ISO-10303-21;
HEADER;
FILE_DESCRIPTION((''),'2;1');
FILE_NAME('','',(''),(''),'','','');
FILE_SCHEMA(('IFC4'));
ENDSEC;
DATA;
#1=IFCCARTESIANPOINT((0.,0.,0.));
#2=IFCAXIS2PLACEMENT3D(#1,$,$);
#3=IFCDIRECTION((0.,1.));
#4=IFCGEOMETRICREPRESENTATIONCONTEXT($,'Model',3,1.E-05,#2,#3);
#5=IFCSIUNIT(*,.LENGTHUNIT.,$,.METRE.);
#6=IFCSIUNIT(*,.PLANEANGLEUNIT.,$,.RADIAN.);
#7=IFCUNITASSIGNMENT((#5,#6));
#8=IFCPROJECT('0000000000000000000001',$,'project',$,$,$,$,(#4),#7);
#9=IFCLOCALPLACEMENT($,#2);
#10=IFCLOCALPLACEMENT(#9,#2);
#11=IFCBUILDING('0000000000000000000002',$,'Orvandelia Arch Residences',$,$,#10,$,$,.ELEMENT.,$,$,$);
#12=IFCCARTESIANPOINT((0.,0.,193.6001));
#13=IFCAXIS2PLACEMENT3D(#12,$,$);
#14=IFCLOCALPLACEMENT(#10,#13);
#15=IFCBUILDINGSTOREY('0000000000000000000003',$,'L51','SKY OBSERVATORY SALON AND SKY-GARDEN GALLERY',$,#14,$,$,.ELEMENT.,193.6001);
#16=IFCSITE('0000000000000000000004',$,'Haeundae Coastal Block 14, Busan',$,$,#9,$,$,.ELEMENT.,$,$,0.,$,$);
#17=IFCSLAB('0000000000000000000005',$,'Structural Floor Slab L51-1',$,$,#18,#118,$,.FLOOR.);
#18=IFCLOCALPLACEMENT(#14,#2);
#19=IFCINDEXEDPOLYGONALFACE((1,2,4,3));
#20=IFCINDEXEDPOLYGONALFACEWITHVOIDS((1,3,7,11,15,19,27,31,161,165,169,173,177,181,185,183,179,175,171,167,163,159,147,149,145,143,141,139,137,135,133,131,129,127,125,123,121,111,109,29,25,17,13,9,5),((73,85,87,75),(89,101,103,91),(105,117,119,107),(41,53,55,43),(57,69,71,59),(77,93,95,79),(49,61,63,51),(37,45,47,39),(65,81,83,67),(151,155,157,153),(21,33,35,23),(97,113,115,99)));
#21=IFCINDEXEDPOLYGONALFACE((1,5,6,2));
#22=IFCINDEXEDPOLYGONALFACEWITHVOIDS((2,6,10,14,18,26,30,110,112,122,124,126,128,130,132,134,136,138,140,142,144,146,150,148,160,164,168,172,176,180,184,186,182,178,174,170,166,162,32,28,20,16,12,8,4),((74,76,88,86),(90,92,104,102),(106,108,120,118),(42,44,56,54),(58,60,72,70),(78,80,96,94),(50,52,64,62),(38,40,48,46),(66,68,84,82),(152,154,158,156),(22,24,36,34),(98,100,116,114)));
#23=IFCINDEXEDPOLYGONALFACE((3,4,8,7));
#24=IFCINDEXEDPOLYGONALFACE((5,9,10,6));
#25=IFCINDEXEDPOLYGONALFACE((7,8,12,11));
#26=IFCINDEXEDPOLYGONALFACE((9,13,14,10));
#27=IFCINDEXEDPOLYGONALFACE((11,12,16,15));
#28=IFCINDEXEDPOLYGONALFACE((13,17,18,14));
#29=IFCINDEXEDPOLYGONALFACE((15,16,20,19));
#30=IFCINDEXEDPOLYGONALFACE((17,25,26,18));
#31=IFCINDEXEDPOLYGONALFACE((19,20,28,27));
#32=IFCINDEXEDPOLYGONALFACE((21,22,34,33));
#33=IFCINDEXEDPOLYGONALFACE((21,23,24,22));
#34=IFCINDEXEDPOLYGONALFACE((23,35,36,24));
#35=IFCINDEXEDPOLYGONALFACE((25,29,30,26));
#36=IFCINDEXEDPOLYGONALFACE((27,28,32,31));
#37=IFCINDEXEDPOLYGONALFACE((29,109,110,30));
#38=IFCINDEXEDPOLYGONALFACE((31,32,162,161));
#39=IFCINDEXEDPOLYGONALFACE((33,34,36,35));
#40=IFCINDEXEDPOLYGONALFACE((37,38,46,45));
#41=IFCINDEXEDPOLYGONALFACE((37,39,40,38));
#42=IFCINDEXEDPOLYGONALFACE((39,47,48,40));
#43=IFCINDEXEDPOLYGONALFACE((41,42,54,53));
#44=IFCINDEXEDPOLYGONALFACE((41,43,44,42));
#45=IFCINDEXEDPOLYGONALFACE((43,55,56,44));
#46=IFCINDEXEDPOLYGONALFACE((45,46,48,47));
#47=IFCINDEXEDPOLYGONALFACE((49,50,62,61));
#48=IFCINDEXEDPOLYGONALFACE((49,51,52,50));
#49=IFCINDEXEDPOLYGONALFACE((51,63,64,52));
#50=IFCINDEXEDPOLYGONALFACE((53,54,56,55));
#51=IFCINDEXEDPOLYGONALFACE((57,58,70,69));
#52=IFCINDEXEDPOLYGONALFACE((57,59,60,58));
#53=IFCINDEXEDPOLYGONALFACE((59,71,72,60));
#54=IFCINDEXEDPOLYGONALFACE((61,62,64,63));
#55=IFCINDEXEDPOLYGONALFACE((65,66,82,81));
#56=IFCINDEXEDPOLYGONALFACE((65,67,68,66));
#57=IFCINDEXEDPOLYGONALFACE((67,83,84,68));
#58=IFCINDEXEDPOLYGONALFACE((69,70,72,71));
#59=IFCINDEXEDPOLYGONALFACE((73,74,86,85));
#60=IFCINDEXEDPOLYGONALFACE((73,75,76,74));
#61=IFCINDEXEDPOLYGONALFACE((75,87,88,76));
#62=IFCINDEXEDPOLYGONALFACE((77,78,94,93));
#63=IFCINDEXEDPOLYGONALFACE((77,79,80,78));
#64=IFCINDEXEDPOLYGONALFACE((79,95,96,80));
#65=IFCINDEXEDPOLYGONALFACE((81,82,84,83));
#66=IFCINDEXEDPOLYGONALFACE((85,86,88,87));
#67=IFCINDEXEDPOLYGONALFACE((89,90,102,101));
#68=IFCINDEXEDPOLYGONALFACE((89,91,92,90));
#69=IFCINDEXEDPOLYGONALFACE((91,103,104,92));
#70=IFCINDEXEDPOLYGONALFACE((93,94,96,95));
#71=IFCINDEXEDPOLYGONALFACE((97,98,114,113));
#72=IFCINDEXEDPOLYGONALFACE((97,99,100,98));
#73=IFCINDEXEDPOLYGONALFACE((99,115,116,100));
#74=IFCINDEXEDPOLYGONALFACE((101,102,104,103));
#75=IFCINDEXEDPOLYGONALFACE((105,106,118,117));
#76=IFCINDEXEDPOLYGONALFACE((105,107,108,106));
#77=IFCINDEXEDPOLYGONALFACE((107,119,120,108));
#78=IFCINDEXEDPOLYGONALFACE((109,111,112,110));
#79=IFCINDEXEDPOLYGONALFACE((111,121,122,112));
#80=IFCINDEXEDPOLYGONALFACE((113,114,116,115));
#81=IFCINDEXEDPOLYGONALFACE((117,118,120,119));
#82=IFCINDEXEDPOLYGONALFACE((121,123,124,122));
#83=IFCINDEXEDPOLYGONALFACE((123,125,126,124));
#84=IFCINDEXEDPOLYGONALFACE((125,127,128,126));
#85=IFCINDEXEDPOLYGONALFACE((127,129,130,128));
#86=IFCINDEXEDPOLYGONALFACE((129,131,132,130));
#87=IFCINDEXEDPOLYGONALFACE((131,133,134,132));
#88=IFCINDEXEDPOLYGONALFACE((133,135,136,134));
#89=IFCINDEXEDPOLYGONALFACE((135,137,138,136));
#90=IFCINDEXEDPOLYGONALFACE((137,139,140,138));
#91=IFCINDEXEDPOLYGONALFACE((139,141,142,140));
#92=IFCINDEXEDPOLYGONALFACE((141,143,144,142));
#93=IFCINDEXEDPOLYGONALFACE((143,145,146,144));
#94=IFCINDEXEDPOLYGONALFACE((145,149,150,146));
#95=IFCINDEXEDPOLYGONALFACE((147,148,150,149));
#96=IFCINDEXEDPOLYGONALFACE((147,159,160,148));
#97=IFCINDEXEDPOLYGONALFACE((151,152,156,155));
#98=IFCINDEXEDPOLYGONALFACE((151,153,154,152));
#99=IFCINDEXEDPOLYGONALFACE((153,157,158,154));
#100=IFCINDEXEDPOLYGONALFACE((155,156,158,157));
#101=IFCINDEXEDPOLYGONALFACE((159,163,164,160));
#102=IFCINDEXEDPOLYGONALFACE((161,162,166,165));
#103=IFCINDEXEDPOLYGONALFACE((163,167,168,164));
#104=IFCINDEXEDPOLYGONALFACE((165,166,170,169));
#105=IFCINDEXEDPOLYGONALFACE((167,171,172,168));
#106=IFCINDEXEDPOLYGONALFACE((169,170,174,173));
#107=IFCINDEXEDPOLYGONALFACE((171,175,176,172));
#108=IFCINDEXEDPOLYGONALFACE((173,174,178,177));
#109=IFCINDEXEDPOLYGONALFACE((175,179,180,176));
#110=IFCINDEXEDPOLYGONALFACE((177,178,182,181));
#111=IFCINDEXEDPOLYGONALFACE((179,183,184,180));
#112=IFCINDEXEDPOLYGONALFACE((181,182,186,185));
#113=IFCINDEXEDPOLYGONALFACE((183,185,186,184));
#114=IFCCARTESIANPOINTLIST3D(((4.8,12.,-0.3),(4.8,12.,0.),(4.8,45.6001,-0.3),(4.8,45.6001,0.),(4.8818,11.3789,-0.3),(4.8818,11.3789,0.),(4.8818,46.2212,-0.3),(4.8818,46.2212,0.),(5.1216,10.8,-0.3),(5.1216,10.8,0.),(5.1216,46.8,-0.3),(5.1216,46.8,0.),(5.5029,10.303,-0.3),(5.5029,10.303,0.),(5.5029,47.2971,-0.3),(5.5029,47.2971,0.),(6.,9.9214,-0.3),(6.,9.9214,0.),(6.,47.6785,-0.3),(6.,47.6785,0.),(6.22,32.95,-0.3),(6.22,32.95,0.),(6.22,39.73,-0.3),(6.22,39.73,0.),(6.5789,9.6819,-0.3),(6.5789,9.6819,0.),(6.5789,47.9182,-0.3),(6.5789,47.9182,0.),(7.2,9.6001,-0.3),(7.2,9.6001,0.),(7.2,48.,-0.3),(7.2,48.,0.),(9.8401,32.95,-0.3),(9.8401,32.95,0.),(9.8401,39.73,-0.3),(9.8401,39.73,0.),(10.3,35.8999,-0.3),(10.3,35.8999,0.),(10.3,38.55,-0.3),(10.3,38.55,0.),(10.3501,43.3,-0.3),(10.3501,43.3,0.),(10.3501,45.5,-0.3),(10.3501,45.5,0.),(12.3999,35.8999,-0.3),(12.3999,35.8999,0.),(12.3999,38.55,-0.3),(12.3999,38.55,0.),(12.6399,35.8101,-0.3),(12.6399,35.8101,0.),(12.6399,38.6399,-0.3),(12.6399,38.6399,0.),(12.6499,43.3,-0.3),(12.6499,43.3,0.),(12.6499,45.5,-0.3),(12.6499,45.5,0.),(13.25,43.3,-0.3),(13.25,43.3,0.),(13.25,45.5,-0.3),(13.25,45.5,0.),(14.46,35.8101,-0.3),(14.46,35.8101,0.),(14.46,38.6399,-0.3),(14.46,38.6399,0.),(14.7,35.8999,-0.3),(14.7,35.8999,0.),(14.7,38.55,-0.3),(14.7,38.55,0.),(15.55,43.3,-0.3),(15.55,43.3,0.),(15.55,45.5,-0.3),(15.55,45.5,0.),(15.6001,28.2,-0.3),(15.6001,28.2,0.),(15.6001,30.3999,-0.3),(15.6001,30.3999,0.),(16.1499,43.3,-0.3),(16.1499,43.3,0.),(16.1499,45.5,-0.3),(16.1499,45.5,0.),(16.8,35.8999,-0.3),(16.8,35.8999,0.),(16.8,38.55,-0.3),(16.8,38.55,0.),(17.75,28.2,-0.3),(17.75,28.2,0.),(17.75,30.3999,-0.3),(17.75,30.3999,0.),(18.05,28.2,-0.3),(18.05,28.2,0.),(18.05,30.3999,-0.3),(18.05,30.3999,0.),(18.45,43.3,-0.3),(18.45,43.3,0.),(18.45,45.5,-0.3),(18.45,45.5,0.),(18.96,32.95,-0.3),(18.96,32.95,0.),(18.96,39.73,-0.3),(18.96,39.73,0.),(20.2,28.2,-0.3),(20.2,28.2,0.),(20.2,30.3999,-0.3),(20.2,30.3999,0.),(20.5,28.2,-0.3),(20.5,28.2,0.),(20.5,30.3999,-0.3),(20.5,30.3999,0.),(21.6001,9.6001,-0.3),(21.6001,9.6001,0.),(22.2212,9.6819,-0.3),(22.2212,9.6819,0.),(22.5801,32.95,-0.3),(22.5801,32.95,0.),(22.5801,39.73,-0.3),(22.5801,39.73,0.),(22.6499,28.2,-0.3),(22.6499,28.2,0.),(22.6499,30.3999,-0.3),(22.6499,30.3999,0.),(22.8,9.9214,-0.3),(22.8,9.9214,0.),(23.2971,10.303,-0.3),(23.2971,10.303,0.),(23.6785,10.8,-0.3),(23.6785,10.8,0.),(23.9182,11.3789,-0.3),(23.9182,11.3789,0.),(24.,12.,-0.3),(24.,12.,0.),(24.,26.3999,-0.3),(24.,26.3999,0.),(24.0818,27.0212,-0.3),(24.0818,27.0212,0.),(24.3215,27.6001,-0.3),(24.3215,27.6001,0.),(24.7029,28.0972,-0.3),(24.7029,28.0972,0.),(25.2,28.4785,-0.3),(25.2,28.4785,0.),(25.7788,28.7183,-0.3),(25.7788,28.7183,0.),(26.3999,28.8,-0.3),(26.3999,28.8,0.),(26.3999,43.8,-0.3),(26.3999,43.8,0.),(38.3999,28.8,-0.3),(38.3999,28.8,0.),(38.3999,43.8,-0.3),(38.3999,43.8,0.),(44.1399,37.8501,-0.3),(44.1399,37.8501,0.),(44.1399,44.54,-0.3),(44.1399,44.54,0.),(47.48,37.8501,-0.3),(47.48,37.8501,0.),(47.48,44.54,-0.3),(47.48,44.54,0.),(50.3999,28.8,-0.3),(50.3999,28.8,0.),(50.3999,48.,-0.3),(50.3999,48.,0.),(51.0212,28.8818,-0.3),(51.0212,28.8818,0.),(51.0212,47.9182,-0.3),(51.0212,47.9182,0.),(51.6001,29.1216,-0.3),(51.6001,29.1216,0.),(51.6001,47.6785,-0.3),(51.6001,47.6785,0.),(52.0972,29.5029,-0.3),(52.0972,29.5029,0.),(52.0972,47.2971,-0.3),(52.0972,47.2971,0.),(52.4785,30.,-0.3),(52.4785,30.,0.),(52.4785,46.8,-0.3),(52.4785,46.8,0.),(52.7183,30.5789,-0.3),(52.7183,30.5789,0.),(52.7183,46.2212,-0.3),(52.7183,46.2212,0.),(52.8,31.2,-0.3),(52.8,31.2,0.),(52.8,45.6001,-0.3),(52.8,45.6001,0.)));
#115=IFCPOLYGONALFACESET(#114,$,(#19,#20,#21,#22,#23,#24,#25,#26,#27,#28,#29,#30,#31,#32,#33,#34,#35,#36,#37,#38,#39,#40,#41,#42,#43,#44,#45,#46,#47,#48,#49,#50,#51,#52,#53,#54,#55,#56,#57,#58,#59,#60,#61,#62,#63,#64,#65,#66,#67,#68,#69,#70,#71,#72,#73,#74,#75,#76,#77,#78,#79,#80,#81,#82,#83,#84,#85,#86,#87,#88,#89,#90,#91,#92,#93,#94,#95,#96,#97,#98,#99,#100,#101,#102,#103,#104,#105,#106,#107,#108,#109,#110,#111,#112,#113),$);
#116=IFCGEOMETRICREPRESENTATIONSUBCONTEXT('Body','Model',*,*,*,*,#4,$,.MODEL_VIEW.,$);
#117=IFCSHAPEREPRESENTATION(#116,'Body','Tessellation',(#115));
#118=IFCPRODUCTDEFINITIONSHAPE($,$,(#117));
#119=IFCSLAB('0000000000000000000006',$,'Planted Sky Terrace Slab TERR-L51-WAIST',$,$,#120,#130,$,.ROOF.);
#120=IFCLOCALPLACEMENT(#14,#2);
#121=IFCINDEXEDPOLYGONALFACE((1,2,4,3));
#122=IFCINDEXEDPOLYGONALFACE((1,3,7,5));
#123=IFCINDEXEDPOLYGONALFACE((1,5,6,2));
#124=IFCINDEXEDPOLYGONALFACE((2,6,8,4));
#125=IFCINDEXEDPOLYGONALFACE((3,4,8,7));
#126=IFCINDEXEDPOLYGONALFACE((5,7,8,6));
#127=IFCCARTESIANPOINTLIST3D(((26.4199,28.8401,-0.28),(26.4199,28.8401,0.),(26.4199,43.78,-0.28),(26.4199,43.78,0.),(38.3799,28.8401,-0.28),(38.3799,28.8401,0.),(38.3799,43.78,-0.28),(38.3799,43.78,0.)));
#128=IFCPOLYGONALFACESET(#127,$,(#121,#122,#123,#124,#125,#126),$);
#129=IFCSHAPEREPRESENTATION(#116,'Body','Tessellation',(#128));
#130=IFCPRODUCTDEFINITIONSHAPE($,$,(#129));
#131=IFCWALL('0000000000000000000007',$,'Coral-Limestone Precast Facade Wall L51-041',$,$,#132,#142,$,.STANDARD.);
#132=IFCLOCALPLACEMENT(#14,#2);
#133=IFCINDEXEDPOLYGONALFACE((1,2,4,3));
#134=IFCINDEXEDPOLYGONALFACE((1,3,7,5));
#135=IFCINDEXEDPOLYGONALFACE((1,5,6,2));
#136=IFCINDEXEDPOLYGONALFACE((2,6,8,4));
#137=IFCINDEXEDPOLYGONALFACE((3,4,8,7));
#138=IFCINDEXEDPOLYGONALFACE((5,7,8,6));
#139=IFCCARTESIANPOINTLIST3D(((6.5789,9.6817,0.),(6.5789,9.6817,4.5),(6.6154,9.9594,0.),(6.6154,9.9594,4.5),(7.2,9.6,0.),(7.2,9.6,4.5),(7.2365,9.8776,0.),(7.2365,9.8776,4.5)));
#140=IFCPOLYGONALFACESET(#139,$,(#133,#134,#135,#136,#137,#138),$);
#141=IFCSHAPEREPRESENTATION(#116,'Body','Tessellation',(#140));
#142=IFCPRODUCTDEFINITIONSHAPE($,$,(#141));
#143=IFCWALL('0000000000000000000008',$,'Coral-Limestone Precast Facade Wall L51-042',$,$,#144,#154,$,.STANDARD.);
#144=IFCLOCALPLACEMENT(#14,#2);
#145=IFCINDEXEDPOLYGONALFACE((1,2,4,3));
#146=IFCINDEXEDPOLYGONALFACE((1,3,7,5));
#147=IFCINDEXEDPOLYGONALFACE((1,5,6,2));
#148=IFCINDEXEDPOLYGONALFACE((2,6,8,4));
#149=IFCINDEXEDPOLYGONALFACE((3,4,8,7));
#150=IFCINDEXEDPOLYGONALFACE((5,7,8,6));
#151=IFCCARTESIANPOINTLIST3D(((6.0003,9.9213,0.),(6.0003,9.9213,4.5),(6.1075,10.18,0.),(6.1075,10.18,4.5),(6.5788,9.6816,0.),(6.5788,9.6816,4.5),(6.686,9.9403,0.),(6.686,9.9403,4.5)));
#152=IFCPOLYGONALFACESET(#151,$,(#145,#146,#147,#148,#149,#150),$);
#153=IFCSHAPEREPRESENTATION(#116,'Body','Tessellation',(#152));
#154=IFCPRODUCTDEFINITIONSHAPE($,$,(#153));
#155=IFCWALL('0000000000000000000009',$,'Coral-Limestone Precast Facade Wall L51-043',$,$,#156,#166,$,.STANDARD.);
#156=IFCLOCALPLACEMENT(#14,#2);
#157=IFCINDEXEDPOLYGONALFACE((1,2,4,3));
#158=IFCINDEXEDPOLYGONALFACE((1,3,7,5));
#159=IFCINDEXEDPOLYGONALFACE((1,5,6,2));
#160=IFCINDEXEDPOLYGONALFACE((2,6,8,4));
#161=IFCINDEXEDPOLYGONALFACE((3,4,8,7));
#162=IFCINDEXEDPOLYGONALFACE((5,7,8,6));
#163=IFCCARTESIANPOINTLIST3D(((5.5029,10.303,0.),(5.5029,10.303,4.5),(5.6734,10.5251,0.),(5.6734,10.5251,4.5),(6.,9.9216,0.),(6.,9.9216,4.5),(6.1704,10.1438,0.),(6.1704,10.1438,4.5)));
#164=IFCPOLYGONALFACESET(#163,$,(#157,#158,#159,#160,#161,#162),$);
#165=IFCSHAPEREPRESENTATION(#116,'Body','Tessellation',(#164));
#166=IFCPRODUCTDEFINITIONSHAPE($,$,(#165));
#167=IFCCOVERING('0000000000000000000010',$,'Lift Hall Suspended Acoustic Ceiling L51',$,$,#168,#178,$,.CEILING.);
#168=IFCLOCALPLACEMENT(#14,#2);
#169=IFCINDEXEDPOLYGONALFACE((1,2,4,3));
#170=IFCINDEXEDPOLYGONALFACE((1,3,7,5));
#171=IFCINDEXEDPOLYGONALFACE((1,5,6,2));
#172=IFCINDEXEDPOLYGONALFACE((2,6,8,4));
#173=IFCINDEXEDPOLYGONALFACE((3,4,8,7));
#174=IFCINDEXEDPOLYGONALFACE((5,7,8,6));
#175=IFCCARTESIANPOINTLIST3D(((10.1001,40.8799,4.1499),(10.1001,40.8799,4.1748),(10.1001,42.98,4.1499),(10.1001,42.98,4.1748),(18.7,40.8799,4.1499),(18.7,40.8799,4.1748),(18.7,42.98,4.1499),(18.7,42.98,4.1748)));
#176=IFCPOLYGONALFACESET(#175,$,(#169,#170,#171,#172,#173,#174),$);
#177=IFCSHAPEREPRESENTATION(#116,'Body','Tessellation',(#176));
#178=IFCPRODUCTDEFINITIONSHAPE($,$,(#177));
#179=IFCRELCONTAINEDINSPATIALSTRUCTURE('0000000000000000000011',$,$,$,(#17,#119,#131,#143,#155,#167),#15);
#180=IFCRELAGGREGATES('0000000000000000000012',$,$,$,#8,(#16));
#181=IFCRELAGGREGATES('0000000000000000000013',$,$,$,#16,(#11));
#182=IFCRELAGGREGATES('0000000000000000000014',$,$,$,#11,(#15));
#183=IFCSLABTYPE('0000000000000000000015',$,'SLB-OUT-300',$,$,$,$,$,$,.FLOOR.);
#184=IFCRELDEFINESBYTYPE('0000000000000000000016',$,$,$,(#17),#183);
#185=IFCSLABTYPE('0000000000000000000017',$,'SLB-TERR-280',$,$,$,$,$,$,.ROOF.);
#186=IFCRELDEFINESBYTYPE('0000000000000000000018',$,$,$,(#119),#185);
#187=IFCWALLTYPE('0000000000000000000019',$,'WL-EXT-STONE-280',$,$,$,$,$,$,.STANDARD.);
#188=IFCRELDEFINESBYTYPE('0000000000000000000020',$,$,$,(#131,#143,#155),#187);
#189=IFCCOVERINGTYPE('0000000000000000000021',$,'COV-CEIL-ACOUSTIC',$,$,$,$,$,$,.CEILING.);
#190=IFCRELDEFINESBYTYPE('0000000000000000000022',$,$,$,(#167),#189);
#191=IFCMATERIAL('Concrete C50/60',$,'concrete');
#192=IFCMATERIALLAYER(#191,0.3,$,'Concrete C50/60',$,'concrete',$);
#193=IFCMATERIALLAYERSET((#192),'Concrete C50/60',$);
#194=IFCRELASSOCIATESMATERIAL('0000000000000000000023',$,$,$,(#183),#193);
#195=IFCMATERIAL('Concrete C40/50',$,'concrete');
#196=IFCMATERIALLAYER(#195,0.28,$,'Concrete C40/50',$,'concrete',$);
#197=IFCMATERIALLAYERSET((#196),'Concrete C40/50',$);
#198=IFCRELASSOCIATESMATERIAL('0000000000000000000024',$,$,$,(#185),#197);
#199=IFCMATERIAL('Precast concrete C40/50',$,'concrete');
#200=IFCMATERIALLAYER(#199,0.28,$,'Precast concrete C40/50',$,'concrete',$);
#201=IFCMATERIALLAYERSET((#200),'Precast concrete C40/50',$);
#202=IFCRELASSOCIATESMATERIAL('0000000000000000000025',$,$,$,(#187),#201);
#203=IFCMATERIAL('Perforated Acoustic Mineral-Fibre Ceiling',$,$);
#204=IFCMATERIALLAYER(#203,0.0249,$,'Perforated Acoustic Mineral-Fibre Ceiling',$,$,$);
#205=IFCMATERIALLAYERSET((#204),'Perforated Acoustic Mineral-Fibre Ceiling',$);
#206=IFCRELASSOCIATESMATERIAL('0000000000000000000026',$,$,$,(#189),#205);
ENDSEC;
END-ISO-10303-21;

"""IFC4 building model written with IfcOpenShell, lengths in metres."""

from ifc_helpers import new_model, si_unit, direction, frame, frame_2d, origin, place, context, subcontext, project, spatial, polyline, rectangle, outline, extrude, material, layer, layer_set, type_object, element, save


model = new_model("IFC4")

# Units and contexts
model_context = context("Model", 3, precision=1e-05, world=origin(), true_north=direction((0.0, 1.0)))
body_context = subcontext(model_context, "Body", "Model", "MODEL_VIEW")
ifc_project = project(units=[si_unit("LENGTHUNIT", "METRE"), si_unit("PLANEANGLEUNIT", "RADIAN")], contexts=[model_context])

# Site, building, storey
site_placement = place(None, origin())
site = spatial("IfcSite", under=ifc_project, at=site_placement, Name="Haeundae Coastal Block 14, Busan", CompositionType="ELEMENT", RefElevation=0.0)
building_placement = place(site_placement, origin())
building = spatial("IfcBuilding", under=site, at=building_placement, Name="Orvandelia Arch Residences", CompositionType="ELEMENT")
storey_placement = place(building_placement, frame((0.0, 0.0, 193.6001)))
storey = spatial("IfcBuildingStorey", under=building, at=storey_placement, Name="L51", Description="SKY OBSERVATORY SALON AND SKY-GARDEN GALLERY", CompositionType="ELEMENT", Elevation=193.6001)

# Shared definitions
ifc_material_1 = material(Name="Concrete C40/50", Category="concrete")

# Slabs
ifc_material_2 = material(Name="Concrete C50/60", Category="concrete")
ifc_layer_1 = layer(ifc_material_2, 0.3, Name="Concrete C50/60", Category="concrete")
ifc_layer_set_1 = layer_set([ifc_layer_1], Name="Concrete C50/60")
slab_type_1 = type_object("IfcSlabType", Name="SLB-OUT-300", PredefinedType="FLOOR", material=ifc_layer_set_1)
slab_1_placement = place(storey_placement, frame((0.0, 0.0, -0.3)))
element("IfcSlab", 1, at=slab_1_placement, inside=storey, type_object=slab_type_1, Name="Structural Floor Slab L51-1", PredefinedType="FLOOR", context=body_context, shape_type="SweptSolid", body=[
    extrude(outline(polyline([(4.8, 12.0), (4.8818, 11.3789), (5.1216, 10.8), (5.5029, 10.303), (6.0, 9.9214), (6.5789, 9.6819), (7.2, 9.6001), (21.6001, 9.6001), (22.2212, 9.6819), (22.8, 9.9214), (23.2971, 10.303), (23.6785, 10.8), (23.9182, 11.3789), (24.0, 12.0), (24.0, 26.3999), (24.0818, 27.0212), (24.3215, 27.6001), (24.7029, 28.0972), (25.2, 28.4785), (25.7788, 28.7183), (26.3999, 28.8), (26.3999, 43.8), (38.3999, 43.8), (38.3999, 28.8), (50.3999, 28.8), (51.0212, 28.8818), (51.6001, 29.1216), (52.0972, 29.5029), (52.4785, 30.0), (52.7183, 30.5789), (52.8, 31.2), (52.8, 45.6001), (52.7183, 46.2212), (52.4785, 46.8), (52.0972, 47.2971), (51.6001, 47.6785), (51.0212, 47.9182), (50.3999, 48.0), (7.2, 48.0), (6.5789, 47.9182), (6.0, 47.6785), (5.5029, 47.2971), (5.1216, 46.8), (4.8818, 46.2212), (4.8, 45.6001), (4.8, 12.0)]), holes=[polyline([(6.22, 32.95), (9.8401, 32.95), (9.8401, 39.73), (6.22, 39.73), (6.22, 32.95)]), polyline([(18.96, 32.95), (22.5801, 32.95), (22.5801, 39.73), (18.96, 39.73), (18.96, 32.95)]), polyline([(44.1399, 37.8501), (47.48, 37.8501), (47.48, 44.54), (44.1399, 44.54), (44.1399, 37.8501)]), polyline([(12.6399, 35.8101), (14.46, 35.8101), (14.46, 38.6399), (12.6399, 38.6399), (12.6399, 35.8101)]), polyline([(10.3, 35.8999), (12.3999, 35.8999), (12.3999, 38.55), (10.3, 38.55), (10.3, 35.8999)]), polyline([(14.7, 35.8999), (16.8, 35.8999), (16.8, 38.55), (14.7, 38.55), (14.7, 35.8999)]), polyline([(10.3501, 43.3), (12.6499, 43.3), (12.6499, 45.5), (10.3501, 45.5), (10.3501, 43.3)]), polyline([(13.25, 43.3), (15.55, 43.3), (15.55, 45.5), (13.25, 45.5), (13.25, 43.3)]), polyline([(16.1499, 43.3), (18.45, 43.3), (18.45, 45.5), (16.1499, 45.5), (16.1499, 43.3)]), polyline([(15.6001, 28.2), (17.75, 28.2), (17.75, 30.3999), (15.6001, 30.3999), (15.6001, 28.2)]), polyline([(18.05, 28.2), (20.2, 28.2), (20.2, 30.3999), (18.05, 30.3999), (18.05, 28.2)]), polyline([(20.5, 28.2), (22.6499, 28.2), (22.6499, 30.3999), (20.5, 30.3999), (20.5, 28.2)])]), origin(), (0.0, 0.0, 1.0), 0.3),
])
ifc_layer_2 = layer(ifc_material_1, 0.28, Name="Concrete C40/50", Category="concrete")
ifc_layer_set_2 = layer_set([ifc_layer_2], Name="Concrete C40/50")
slab_type_2 = type_object("IfcSlabType", Name="SLB-TERR-280", PredefinedType="ROOF", material=ifc_layer_set_2)
slab_2_placement = place(storey_placement, frame((0.0, 0.0, -0.28)))
element("IfcSlab", 2, at=slab_2_placement, inside=storey, type_object=slab_type_2, Name="Planted Sky Terrace Slab TERR-L51-WAIST", PredefinedType="ROOF", context=body_context, shape_type="SweptSolid", body=[
    extrude(outline(polyline([(26.4199, 28.8401), (38.3799, 28.8401), (38.3799, 43.78), (26.4199, 43.78), (26.4199, 28.8401)])), origin(), (0.0, 0.0, 1.0), 0.28),
])

# Walls
ifc_material_3 = material(Name="Precast concrete C40/50", Category="concrete")
ifc_layer_3 = layer(ifc_material_3, 0.28, Name="Precast concrete C40/50", Category="concrete")
ifc_layer_set_3 = layer_set([ifc_layer_3], Name="Precast concrete C40/50")
wall_type = type_object("IfcWallType", Name="WL-EXT-STONE-280", PredefinedType="STANDARD", material=ifc_layer_set_3)
wall_1_placement = place(storey_placement, frame((7.2183, 9.7388, 0.0), z_axis=(0.0, 0.0, 1.0), x_axis=(-0.991441, 0.130555, 0.0)))
element("IfcWall", 3, at=wall_1_placement, inside=storey, type_object=wall_type, Name="Coral-Limestone Precast Facade Wall L51-041", PredefinedType="STANDARD", context=body_context, shape_type="SweptSolid", body=[
    extrude(rectangle(XDim=0.6265, YDim=0.28, at=frame_2d((0.3132, 0.0))), origin(), (0.0, 0.0, 1.0), 4.5),
])
wall_2_placement = place(storey_placement, frame((6.6323, 9.811, 0.0), z_axis=(0.0, 0.0, 1.0), x_axis=(-0.923836, 0.382788, 0.0)))
element("IfcWall", 4, at=wall_2_placement, inside=storey, type_object=wall_type, Name="Coral-Limestone Precast Facade Wall L51-042", PredefinedType="STANDARD", context=body_context, shape_type="SweptSolid", body=[
    extrude(rectangle(XDim=0.6262, YDim=0.28, at=frame_2d((0.313, 0.0))), origin(), (0.0, 0.0, 1.0), 4.5),
])
wall_3_placement = place(storey_placement, frame((6.0852, 10.0327, 0.0), z_axis=(0.0, 0.0, 1.0), x_axis=(-0.793406, 0.608693, 0.0)))
element("IfcWall", 5, at=wall_3_placement, inside=storey, type_object=wall_type, Name="Coral-Limestone Precast Facade Wall L51-043", PredefinedType="STANDARD", context=body_context, shape_type="SweptSolid", body=[
    extrude(rectangle(XDim=0.6265, YDim=0.28, at=frame_2d((0.3132, 0.0))), origin(), (0.0, 0.0, 1.0), 4.5),
])

# Covering
ifc_material_4 = material(Name="Perforated Acoustic Mineral-Fibre Ceiling")
ifc_layer_4 = layer(ifc_material_4, 0.0249, Name="Perforated Acoustic Mineral-Fibre Ceiling")
ifc_layer_set_4 = layer_set([ifc_layer_4], Name="Perforated Acoustic Mineral-Fibre Ceiling")
covering_type_1 = type_object("IfcCoveringType", Name="COV-CEIL-ACOUSTIC", PredefinedType="CEILING", material=ifc_layer_set_4)
covering_1_placement = place(storey_placement, frame((0.0, 0.0, 4.1499)))
element("IfcCovering", 6, at=covering_1_placement, inside=storey, type_object=covering_type_1, Name="Lift Hall Suspended Acoustic Ceiling L51", PredefinedType="CEILING", context=body_context, shape_type="SweptSolid", body=[
    extrude(outline(polyline([(10.1001, 40.8799), (18.7, 40.8799), (18.7, 42.98), (10.1001, 42.98), (10.1001, 40.8799)])), origin(), (0.0, 0.0, 1.0), 0.0249),
])

save(model, "model.ifc")
